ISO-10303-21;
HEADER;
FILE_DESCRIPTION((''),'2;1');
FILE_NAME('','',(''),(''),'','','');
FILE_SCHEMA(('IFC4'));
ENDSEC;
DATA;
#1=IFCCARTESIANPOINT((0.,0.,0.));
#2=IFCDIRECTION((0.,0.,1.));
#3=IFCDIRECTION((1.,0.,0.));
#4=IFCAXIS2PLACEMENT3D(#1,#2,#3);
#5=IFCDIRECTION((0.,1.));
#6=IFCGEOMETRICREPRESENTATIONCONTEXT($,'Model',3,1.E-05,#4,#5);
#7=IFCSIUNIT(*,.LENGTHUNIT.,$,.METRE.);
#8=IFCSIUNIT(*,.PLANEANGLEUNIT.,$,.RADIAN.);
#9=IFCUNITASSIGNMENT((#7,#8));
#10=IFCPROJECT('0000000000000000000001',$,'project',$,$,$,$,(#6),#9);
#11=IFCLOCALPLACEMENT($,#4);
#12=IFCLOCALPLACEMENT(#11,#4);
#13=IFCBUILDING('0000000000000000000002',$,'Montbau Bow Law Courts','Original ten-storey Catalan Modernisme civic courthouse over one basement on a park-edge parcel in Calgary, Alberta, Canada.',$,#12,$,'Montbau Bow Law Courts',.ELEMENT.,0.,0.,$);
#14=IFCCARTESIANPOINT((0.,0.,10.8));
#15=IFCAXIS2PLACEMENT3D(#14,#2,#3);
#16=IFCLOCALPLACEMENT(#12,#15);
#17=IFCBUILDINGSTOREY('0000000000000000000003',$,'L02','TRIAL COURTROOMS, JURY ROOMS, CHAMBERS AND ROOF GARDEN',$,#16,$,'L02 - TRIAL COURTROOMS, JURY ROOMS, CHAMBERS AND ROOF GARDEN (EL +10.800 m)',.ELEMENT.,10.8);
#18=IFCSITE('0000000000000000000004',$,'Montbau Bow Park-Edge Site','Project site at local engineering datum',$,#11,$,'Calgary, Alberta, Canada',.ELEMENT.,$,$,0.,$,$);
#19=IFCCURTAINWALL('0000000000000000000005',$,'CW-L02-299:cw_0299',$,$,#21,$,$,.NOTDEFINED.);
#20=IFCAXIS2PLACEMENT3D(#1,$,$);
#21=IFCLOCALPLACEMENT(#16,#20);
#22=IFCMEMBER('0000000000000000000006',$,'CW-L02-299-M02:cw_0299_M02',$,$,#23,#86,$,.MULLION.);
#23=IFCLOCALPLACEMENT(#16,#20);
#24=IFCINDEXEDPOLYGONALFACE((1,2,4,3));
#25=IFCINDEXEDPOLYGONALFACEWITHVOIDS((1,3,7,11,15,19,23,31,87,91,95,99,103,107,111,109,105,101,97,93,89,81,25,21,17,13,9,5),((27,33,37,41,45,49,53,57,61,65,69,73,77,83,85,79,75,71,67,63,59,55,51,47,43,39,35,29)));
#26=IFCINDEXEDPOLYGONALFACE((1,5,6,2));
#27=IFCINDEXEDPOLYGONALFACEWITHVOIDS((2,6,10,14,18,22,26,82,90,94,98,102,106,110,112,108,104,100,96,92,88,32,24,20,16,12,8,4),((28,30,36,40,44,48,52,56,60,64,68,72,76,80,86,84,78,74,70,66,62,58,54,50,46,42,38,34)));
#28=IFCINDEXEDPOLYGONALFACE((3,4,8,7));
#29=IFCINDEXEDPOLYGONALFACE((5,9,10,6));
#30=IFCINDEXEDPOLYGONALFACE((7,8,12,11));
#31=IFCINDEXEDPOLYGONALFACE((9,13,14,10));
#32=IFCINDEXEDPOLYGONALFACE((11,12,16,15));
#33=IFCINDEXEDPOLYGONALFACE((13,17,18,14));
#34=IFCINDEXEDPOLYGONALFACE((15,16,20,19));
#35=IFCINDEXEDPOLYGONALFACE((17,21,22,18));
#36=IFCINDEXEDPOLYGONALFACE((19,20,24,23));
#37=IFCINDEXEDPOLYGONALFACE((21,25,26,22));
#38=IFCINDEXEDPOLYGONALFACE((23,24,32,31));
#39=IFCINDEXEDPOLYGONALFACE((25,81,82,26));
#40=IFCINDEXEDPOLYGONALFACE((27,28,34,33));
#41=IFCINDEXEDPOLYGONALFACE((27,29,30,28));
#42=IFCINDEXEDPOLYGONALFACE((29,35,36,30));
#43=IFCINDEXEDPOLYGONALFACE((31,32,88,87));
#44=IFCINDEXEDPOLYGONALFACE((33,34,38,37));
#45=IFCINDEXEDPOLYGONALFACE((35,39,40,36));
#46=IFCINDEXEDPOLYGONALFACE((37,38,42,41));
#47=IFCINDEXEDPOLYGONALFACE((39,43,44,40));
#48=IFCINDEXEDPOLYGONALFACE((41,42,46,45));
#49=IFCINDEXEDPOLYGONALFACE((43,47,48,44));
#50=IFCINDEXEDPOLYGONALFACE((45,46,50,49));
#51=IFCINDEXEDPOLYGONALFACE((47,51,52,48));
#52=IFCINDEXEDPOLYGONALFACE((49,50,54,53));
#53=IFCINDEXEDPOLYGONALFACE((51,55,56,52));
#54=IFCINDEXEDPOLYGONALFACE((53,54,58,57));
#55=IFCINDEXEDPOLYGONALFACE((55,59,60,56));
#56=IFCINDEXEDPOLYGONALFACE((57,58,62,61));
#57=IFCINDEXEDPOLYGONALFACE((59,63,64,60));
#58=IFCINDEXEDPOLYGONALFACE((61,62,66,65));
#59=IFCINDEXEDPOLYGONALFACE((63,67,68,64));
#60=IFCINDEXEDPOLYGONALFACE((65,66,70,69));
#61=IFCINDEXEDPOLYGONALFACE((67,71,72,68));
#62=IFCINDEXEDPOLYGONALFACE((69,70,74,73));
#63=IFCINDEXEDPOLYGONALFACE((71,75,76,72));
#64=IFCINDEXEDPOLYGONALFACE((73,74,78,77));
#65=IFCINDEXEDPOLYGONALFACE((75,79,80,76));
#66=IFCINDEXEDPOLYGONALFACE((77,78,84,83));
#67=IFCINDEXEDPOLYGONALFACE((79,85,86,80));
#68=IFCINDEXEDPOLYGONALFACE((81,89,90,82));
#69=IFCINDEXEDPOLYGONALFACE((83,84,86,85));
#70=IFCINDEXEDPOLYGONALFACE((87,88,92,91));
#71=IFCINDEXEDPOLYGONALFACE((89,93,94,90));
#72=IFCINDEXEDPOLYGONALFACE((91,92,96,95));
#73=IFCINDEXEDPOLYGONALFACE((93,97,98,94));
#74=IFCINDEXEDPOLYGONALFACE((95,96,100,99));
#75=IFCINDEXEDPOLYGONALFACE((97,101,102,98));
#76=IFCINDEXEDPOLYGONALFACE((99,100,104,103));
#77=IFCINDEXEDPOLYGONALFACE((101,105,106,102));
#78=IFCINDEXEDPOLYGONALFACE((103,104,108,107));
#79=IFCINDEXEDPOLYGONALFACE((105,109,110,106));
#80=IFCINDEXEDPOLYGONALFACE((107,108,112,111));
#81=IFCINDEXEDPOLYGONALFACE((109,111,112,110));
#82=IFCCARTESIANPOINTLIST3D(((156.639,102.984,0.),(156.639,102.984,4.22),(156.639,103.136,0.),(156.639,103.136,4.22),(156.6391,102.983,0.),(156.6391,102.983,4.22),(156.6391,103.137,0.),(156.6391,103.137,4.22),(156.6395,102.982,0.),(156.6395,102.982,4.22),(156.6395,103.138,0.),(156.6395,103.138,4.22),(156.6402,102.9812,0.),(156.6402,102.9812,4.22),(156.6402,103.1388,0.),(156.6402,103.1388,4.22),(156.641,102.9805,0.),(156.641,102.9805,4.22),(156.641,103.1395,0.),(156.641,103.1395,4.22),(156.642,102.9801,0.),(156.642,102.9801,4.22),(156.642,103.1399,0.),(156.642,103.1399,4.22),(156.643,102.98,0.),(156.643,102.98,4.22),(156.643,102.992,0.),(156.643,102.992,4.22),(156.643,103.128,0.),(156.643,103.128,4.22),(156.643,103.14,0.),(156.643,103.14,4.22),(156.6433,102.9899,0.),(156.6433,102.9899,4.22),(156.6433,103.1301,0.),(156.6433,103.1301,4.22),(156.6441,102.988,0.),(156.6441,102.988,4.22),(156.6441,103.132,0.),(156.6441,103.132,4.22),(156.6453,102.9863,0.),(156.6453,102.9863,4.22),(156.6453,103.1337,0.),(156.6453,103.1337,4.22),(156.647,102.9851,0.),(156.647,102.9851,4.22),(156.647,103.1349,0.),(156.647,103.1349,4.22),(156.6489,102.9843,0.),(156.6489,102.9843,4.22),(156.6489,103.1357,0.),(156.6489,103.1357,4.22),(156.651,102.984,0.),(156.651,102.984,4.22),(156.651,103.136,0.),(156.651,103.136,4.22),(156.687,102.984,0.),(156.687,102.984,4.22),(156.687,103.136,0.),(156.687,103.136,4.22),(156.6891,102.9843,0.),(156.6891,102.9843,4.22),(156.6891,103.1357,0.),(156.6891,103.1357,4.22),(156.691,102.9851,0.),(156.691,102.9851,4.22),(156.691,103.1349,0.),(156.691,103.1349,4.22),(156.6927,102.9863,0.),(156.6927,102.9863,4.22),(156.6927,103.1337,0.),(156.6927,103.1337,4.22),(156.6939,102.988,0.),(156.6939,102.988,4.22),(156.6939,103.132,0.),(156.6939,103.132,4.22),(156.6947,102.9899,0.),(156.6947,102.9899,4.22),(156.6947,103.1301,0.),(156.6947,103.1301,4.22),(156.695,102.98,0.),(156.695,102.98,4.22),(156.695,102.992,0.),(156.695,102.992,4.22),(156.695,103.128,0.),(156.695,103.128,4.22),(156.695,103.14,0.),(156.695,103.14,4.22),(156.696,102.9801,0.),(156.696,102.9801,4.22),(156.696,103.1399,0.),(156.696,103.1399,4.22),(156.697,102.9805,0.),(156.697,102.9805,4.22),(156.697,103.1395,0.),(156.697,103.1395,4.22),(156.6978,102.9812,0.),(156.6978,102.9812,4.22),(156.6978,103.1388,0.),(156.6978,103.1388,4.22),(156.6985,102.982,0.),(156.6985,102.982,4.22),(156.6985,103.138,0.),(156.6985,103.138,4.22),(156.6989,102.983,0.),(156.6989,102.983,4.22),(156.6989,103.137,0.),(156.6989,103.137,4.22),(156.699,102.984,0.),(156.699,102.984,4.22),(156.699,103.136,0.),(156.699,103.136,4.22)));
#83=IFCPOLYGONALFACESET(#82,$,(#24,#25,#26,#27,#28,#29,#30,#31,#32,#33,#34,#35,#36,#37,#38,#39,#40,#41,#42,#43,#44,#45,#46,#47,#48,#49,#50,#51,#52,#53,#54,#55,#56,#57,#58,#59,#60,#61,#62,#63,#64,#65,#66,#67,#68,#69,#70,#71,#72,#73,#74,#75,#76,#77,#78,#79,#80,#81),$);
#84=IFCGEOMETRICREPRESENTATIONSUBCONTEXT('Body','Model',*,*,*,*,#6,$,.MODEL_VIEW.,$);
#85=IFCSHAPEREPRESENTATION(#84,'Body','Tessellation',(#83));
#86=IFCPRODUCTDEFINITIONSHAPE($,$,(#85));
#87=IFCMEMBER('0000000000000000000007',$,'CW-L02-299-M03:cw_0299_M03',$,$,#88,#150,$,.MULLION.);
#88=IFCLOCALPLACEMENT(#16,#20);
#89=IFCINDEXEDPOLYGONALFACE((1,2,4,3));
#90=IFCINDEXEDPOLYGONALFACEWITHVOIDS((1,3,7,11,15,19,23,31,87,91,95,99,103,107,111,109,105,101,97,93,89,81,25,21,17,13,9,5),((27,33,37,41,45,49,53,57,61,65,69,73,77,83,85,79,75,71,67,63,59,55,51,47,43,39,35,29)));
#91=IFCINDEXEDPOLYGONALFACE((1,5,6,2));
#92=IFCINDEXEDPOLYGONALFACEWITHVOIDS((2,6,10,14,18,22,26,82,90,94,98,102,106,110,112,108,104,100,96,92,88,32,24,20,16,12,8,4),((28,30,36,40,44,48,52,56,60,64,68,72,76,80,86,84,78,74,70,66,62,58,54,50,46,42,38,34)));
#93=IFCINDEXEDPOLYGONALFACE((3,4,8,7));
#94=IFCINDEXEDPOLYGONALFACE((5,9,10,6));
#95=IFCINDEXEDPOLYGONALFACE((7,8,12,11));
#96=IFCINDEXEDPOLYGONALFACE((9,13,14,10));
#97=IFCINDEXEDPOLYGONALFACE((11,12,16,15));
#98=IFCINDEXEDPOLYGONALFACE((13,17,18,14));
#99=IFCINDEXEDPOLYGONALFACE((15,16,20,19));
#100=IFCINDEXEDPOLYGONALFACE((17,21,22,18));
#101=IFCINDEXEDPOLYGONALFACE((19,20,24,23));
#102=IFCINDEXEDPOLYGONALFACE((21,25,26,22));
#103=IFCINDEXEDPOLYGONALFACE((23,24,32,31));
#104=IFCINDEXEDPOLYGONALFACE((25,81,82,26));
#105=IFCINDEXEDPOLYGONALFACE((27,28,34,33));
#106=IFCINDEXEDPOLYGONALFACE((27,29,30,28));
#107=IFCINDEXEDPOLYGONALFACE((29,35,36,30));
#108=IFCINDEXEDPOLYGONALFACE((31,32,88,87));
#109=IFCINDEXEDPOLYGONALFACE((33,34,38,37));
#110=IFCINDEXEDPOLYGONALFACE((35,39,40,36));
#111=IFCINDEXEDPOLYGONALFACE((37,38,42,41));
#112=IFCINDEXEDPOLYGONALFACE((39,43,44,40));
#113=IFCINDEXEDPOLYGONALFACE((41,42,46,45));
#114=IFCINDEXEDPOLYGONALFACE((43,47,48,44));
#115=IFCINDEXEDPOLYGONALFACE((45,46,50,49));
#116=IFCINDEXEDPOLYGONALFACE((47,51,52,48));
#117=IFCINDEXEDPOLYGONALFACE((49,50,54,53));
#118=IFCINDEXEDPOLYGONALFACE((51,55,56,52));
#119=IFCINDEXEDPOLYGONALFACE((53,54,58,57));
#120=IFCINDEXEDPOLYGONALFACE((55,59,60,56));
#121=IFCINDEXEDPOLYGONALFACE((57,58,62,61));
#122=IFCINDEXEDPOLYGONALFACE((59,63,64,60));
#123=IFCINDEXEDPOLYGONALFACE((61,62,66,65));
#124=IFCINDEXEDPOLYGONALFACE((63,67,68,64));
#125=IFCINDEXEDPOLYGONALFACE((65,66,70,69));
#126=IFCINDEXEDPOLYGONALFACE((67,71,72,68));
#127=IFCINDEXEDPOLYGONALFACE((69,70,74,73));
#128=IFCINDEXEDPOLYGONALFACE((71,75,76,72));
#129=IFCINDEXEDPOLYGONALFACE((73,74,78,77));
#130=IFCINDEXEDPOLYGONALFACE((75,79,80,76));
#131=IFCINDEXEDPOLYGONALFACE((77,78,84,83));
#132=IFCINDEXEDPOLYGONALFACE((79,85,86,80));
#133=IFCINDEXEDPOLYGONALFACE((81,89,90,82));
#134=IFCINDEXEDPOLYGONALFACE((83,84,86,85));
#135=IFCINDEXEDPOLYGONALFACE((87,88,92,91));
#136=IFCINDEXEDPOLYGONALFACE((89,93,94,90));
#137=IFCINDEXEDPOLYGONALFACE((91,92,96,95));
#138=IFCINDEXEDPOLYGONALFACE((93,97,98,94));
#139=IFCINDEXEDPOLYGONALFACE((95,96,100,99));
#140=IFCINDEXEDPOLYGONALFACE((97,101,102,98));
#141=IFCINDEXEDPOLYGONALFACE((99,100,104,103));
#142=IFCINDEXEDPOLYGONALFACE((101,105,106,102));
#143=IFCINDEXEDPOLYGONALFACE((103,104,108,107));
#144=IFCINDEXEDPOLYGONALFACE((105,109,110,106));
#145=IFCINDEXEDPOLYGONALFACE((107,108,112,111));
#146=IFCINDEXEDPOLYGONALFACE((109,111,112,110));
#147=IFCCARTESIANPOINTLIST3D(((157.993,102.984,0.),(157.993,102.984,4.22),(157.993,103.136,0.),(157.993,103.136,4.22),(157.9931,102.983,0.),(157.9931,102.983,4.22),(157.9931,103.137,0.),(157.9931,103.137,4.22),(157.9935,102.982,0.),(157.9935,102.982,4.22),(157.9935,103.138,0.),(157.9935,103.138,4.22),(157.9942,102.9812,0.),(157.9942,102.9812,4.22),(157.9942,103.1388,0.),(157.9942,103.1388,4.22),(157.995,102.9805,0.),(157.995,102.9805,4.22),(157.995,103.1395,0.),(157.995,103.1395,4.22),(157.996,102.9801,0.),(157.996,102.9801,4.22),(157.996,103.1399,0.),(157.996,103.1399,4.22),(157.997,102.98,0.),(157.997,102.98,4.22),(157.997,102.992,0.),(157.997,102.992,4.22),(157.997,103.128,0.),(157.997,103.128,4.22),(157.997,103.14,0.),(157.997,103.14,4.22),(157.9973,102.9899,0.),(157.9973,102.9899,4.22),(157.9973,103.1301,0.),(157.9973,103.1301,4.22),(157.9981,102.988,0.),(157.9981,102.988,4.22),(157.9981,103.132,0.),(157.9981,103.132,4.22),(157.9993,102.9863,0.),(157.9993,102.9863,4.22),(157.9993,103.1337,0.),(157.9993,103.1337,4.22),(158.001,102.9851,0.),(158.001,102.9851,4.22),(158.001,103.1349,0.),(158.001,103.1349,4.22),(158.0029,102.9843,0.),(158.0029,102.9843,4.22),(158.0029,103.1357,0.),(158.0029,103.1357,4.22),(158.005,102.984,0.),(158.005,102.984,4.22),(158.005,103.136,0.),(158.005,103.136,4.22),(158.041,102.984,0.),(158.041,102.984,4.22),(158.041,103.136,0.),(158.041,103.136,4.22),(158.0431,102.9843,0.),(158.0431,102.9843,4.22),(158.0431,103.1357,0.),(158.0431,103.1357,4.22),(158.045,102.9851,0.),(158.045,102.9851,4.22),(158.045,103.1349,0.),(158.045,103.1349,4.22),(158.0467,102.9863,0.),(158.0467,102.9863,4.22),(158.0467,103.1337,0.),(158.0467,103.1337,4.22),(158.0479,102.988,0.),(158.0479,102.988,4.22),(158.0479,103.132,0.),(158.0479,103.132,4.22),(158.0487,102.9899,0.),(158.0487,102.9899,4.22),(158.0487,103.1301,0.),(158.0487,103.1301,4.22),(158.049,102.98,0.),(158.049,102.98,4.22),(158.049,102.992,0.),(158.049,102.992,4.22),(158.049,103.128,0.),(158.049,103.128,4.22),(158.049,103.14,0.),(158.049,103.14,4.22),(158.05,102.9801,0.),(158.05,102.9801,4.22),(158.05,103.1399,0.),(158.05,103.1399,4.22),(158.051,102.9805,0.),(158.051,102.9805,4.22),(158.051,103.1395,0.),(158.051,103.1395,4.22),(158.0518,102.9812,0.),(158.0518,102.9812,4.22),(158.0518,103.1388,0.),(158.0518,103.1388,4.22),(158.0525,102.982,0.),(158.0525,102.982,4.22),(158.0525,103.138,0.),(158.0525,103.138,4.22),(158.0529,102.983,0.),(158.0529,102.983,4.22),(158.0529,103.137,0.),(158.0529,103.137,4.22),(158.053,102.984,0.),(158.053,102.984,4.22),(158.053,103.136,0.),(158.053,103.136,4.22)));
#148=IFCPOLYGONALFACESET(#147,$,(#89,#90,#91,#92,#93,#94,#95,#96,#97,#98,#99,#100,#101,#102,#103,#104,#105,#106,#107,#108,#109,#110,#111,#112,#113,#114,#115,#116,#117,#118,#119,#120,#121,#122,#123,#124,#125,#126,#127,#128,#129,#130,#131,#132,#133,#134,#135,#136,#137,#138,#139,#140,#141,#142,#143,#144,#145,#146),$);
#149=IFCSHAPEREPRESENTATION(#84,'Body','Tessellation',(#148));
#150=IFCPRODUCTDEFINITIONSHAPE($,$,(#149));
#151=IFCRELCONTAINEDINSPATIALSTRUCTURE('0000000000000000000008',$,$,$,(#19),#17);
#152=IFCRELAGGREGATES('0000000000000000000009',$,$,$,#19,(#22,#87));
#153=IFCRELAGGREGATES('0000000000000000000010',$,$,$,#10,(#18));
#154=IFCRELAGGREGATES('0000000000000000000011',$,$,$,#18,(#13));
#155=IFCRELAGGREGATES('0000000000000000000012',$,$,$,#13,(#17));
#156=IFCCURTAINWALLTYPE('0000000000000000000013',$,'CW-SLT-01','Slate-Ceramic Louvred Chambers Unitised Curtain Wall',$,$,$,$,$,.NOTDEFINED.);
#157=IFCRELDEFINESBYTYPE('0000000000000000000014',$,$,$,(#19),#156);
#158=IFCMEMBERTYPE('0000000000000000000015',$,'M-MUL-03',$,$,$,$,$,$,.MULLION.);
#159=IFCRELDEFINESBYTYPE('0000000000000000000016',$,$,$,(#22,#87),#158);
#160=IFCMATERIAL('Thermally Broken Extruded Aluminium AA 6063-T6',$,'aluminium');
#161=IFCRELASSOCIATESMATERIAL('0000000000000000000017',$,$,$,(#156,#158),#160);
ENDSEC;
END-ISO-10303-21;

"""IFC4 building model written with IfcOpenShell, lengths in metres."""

from ifc_helpers import new_model, si_unit, direction, frame, origin_with_axes, origin_2d_with_axis, place, context, subcontext, project, spatial, hollow_rectangle, extrude, material, material_profile, profile_set, type_object, element, aggregate, save


model = new_model("IFC4")

# Units and contexts
model_context = context("Model", 3, precision=1e-05, world=origin_with_axes(), true_north=direction((0.0, 1.0)))
body_context = subcontext(model_context, "Body", "Model", "MODEL_VIEW")
ifc_project = project(units=[si_unit("LENGTHUNIT", "METRE"), si_unit("PLANEANGLEUNIT", "RADIAN")], contexts=[model_context])

# Site, building, storey
site_placement = place(None, origin_with_axes())
site = spatial("IfcSite", under=ifc_project, at=site_placement, Name="Montbau Bow Park-Edge Site", Description="Project site at local engineering datum", LongName="Calgary, Alberta, Canada", CompositionType="ELEMENT", RefElevation=0.0)
building_placement = place(site_placement, origin_with_axes())
building = spatial("IfcBuilding", under=site, at=building_placement, Name="Montbau Bow Law Courts", Description="Original ten-storey Catalan Modernisme civic courthouse over one basement on a park-edge parcel in Calgary, Alberta, Canada.", LongName="Montbau Bow Law Courts", CompositionType="ELEMENT", ElevationOfRefHeight=0.0, ElevationOfTerrain=0.0)
storey_placement = place(building_placement, frame((0.0, 0.0, 10.8), z_axis=(0.0, 0.0, 1.0), x_axis=(1.0, 0.0, 0.0)))
storey = spatial("IfcBuildingStorey", under=building, at=storey_placement, Name="L02", Description="TRIAL COURTROOMS, JURY ROOMS, CHAMBERS AND ROOF GARDEN", LongName="L02 - TRIAL COURTROOMS, JURY ROOMS, CHAMBERS AND ROOF GARDEN (EL +10.800 m)", CompositionType="ELEMENT", Elevation=10.8)

# Curtain wall, members
ifc_material_1 = material(Name="Thermally Broken Extruded Aluminium AA 6063-T6", Category="aluminium")
curtain_wall_type = type_object("IfcCurtainWallType", Name="CW-SLT-01", Description="Slate-Ceramic Louvred Chambers Unitised Curtain Wall", PredefinedType="NOTDEFINED", material=ifc_material_1)
curtain_wall_placement = place(None, frame((155.315, 103.06, 10.8), z_axis=(0.0, 0.0, 1.0), x_axis=(1.0, 0.0, 0.0)))
curtain_wall = element("IfcCurtainWall", 1, at=curtain_wall_placement, inside=storey, type_object=curtain_wall_type, Name="CW-L02-299:cw_0299", PredefinedType="NOTDEFINED")
ifc_material_profile_1 = material_profile(ifc_material_1, hollow_rectangle(XDim=0.06, YDim=0.16, WallThickness=0.004, InnerFilletRadius=0.008, OuterFilletRadius=0.004, at=origin_2d_with_axis()), Name="CWM-160X60", Category="Main", Priority=0)
ifc_profile_set_1 = profile_set([ifc_material_profile_1], Name="Thermally Broken Extruded Aluminium AA 6063-T6")
member_type_1 = type_object("IfcMemberType", Name="M-MUL-03", PredefinedType="MULLION", material=ifc_profile_set_1)
member_1_placement = place(None, frame((156.669, 103.06, 10.8), z_axis=(0.0, 0.0, 1.0), x_axis=(1.0, 0.0, 0.0)))
member_1 = element("IfcMember", 2, at=member_1_placement, type_object=member_type_1, Name="CW-L02-299-M02:cw_0299_M02", PredefinedType="MULLION", context=body_context, shape_type="SweptSolid", body=[
    extrude(hollow_rectangle(XDim=0.06, YDim=0.16, WallThickness=0.004, InnerFilletRadius=0.008, OuterFilletRadius=0.004, at=origin_2d_with_axis()), origin_with_axes(), (0.0, 0.0, 1.0), 4.22),
])
member_2_placement = place(None, frame((158.023, 103.06, 10.8), z_axis=(0.0, 0.0, 1.0), x_axis=(1.0, 0.0, 0.0)))
member_2 = element("IfcMember", 3, at=member_2_placement, type_object=member_type_1, Name="CW-L02-299-M03:cw_0299_M03", PredefinedType="MULLION", context=body_context, shape_type="SweptSolid", body=[
    extrude(hollow_rectangle(XDim=0.06, YDim=0.16, WallThickness=0.004, InnerFilletRadius=0.008, OuterFilletRadius=0.004, at=origin_2d_with_axis()), origin_with_axes(), (0.0, 0.0, 1.0), 4.22),
])
aggregate(curtain_wall, [member_1, member_2])

save(model, "model.ifc")
